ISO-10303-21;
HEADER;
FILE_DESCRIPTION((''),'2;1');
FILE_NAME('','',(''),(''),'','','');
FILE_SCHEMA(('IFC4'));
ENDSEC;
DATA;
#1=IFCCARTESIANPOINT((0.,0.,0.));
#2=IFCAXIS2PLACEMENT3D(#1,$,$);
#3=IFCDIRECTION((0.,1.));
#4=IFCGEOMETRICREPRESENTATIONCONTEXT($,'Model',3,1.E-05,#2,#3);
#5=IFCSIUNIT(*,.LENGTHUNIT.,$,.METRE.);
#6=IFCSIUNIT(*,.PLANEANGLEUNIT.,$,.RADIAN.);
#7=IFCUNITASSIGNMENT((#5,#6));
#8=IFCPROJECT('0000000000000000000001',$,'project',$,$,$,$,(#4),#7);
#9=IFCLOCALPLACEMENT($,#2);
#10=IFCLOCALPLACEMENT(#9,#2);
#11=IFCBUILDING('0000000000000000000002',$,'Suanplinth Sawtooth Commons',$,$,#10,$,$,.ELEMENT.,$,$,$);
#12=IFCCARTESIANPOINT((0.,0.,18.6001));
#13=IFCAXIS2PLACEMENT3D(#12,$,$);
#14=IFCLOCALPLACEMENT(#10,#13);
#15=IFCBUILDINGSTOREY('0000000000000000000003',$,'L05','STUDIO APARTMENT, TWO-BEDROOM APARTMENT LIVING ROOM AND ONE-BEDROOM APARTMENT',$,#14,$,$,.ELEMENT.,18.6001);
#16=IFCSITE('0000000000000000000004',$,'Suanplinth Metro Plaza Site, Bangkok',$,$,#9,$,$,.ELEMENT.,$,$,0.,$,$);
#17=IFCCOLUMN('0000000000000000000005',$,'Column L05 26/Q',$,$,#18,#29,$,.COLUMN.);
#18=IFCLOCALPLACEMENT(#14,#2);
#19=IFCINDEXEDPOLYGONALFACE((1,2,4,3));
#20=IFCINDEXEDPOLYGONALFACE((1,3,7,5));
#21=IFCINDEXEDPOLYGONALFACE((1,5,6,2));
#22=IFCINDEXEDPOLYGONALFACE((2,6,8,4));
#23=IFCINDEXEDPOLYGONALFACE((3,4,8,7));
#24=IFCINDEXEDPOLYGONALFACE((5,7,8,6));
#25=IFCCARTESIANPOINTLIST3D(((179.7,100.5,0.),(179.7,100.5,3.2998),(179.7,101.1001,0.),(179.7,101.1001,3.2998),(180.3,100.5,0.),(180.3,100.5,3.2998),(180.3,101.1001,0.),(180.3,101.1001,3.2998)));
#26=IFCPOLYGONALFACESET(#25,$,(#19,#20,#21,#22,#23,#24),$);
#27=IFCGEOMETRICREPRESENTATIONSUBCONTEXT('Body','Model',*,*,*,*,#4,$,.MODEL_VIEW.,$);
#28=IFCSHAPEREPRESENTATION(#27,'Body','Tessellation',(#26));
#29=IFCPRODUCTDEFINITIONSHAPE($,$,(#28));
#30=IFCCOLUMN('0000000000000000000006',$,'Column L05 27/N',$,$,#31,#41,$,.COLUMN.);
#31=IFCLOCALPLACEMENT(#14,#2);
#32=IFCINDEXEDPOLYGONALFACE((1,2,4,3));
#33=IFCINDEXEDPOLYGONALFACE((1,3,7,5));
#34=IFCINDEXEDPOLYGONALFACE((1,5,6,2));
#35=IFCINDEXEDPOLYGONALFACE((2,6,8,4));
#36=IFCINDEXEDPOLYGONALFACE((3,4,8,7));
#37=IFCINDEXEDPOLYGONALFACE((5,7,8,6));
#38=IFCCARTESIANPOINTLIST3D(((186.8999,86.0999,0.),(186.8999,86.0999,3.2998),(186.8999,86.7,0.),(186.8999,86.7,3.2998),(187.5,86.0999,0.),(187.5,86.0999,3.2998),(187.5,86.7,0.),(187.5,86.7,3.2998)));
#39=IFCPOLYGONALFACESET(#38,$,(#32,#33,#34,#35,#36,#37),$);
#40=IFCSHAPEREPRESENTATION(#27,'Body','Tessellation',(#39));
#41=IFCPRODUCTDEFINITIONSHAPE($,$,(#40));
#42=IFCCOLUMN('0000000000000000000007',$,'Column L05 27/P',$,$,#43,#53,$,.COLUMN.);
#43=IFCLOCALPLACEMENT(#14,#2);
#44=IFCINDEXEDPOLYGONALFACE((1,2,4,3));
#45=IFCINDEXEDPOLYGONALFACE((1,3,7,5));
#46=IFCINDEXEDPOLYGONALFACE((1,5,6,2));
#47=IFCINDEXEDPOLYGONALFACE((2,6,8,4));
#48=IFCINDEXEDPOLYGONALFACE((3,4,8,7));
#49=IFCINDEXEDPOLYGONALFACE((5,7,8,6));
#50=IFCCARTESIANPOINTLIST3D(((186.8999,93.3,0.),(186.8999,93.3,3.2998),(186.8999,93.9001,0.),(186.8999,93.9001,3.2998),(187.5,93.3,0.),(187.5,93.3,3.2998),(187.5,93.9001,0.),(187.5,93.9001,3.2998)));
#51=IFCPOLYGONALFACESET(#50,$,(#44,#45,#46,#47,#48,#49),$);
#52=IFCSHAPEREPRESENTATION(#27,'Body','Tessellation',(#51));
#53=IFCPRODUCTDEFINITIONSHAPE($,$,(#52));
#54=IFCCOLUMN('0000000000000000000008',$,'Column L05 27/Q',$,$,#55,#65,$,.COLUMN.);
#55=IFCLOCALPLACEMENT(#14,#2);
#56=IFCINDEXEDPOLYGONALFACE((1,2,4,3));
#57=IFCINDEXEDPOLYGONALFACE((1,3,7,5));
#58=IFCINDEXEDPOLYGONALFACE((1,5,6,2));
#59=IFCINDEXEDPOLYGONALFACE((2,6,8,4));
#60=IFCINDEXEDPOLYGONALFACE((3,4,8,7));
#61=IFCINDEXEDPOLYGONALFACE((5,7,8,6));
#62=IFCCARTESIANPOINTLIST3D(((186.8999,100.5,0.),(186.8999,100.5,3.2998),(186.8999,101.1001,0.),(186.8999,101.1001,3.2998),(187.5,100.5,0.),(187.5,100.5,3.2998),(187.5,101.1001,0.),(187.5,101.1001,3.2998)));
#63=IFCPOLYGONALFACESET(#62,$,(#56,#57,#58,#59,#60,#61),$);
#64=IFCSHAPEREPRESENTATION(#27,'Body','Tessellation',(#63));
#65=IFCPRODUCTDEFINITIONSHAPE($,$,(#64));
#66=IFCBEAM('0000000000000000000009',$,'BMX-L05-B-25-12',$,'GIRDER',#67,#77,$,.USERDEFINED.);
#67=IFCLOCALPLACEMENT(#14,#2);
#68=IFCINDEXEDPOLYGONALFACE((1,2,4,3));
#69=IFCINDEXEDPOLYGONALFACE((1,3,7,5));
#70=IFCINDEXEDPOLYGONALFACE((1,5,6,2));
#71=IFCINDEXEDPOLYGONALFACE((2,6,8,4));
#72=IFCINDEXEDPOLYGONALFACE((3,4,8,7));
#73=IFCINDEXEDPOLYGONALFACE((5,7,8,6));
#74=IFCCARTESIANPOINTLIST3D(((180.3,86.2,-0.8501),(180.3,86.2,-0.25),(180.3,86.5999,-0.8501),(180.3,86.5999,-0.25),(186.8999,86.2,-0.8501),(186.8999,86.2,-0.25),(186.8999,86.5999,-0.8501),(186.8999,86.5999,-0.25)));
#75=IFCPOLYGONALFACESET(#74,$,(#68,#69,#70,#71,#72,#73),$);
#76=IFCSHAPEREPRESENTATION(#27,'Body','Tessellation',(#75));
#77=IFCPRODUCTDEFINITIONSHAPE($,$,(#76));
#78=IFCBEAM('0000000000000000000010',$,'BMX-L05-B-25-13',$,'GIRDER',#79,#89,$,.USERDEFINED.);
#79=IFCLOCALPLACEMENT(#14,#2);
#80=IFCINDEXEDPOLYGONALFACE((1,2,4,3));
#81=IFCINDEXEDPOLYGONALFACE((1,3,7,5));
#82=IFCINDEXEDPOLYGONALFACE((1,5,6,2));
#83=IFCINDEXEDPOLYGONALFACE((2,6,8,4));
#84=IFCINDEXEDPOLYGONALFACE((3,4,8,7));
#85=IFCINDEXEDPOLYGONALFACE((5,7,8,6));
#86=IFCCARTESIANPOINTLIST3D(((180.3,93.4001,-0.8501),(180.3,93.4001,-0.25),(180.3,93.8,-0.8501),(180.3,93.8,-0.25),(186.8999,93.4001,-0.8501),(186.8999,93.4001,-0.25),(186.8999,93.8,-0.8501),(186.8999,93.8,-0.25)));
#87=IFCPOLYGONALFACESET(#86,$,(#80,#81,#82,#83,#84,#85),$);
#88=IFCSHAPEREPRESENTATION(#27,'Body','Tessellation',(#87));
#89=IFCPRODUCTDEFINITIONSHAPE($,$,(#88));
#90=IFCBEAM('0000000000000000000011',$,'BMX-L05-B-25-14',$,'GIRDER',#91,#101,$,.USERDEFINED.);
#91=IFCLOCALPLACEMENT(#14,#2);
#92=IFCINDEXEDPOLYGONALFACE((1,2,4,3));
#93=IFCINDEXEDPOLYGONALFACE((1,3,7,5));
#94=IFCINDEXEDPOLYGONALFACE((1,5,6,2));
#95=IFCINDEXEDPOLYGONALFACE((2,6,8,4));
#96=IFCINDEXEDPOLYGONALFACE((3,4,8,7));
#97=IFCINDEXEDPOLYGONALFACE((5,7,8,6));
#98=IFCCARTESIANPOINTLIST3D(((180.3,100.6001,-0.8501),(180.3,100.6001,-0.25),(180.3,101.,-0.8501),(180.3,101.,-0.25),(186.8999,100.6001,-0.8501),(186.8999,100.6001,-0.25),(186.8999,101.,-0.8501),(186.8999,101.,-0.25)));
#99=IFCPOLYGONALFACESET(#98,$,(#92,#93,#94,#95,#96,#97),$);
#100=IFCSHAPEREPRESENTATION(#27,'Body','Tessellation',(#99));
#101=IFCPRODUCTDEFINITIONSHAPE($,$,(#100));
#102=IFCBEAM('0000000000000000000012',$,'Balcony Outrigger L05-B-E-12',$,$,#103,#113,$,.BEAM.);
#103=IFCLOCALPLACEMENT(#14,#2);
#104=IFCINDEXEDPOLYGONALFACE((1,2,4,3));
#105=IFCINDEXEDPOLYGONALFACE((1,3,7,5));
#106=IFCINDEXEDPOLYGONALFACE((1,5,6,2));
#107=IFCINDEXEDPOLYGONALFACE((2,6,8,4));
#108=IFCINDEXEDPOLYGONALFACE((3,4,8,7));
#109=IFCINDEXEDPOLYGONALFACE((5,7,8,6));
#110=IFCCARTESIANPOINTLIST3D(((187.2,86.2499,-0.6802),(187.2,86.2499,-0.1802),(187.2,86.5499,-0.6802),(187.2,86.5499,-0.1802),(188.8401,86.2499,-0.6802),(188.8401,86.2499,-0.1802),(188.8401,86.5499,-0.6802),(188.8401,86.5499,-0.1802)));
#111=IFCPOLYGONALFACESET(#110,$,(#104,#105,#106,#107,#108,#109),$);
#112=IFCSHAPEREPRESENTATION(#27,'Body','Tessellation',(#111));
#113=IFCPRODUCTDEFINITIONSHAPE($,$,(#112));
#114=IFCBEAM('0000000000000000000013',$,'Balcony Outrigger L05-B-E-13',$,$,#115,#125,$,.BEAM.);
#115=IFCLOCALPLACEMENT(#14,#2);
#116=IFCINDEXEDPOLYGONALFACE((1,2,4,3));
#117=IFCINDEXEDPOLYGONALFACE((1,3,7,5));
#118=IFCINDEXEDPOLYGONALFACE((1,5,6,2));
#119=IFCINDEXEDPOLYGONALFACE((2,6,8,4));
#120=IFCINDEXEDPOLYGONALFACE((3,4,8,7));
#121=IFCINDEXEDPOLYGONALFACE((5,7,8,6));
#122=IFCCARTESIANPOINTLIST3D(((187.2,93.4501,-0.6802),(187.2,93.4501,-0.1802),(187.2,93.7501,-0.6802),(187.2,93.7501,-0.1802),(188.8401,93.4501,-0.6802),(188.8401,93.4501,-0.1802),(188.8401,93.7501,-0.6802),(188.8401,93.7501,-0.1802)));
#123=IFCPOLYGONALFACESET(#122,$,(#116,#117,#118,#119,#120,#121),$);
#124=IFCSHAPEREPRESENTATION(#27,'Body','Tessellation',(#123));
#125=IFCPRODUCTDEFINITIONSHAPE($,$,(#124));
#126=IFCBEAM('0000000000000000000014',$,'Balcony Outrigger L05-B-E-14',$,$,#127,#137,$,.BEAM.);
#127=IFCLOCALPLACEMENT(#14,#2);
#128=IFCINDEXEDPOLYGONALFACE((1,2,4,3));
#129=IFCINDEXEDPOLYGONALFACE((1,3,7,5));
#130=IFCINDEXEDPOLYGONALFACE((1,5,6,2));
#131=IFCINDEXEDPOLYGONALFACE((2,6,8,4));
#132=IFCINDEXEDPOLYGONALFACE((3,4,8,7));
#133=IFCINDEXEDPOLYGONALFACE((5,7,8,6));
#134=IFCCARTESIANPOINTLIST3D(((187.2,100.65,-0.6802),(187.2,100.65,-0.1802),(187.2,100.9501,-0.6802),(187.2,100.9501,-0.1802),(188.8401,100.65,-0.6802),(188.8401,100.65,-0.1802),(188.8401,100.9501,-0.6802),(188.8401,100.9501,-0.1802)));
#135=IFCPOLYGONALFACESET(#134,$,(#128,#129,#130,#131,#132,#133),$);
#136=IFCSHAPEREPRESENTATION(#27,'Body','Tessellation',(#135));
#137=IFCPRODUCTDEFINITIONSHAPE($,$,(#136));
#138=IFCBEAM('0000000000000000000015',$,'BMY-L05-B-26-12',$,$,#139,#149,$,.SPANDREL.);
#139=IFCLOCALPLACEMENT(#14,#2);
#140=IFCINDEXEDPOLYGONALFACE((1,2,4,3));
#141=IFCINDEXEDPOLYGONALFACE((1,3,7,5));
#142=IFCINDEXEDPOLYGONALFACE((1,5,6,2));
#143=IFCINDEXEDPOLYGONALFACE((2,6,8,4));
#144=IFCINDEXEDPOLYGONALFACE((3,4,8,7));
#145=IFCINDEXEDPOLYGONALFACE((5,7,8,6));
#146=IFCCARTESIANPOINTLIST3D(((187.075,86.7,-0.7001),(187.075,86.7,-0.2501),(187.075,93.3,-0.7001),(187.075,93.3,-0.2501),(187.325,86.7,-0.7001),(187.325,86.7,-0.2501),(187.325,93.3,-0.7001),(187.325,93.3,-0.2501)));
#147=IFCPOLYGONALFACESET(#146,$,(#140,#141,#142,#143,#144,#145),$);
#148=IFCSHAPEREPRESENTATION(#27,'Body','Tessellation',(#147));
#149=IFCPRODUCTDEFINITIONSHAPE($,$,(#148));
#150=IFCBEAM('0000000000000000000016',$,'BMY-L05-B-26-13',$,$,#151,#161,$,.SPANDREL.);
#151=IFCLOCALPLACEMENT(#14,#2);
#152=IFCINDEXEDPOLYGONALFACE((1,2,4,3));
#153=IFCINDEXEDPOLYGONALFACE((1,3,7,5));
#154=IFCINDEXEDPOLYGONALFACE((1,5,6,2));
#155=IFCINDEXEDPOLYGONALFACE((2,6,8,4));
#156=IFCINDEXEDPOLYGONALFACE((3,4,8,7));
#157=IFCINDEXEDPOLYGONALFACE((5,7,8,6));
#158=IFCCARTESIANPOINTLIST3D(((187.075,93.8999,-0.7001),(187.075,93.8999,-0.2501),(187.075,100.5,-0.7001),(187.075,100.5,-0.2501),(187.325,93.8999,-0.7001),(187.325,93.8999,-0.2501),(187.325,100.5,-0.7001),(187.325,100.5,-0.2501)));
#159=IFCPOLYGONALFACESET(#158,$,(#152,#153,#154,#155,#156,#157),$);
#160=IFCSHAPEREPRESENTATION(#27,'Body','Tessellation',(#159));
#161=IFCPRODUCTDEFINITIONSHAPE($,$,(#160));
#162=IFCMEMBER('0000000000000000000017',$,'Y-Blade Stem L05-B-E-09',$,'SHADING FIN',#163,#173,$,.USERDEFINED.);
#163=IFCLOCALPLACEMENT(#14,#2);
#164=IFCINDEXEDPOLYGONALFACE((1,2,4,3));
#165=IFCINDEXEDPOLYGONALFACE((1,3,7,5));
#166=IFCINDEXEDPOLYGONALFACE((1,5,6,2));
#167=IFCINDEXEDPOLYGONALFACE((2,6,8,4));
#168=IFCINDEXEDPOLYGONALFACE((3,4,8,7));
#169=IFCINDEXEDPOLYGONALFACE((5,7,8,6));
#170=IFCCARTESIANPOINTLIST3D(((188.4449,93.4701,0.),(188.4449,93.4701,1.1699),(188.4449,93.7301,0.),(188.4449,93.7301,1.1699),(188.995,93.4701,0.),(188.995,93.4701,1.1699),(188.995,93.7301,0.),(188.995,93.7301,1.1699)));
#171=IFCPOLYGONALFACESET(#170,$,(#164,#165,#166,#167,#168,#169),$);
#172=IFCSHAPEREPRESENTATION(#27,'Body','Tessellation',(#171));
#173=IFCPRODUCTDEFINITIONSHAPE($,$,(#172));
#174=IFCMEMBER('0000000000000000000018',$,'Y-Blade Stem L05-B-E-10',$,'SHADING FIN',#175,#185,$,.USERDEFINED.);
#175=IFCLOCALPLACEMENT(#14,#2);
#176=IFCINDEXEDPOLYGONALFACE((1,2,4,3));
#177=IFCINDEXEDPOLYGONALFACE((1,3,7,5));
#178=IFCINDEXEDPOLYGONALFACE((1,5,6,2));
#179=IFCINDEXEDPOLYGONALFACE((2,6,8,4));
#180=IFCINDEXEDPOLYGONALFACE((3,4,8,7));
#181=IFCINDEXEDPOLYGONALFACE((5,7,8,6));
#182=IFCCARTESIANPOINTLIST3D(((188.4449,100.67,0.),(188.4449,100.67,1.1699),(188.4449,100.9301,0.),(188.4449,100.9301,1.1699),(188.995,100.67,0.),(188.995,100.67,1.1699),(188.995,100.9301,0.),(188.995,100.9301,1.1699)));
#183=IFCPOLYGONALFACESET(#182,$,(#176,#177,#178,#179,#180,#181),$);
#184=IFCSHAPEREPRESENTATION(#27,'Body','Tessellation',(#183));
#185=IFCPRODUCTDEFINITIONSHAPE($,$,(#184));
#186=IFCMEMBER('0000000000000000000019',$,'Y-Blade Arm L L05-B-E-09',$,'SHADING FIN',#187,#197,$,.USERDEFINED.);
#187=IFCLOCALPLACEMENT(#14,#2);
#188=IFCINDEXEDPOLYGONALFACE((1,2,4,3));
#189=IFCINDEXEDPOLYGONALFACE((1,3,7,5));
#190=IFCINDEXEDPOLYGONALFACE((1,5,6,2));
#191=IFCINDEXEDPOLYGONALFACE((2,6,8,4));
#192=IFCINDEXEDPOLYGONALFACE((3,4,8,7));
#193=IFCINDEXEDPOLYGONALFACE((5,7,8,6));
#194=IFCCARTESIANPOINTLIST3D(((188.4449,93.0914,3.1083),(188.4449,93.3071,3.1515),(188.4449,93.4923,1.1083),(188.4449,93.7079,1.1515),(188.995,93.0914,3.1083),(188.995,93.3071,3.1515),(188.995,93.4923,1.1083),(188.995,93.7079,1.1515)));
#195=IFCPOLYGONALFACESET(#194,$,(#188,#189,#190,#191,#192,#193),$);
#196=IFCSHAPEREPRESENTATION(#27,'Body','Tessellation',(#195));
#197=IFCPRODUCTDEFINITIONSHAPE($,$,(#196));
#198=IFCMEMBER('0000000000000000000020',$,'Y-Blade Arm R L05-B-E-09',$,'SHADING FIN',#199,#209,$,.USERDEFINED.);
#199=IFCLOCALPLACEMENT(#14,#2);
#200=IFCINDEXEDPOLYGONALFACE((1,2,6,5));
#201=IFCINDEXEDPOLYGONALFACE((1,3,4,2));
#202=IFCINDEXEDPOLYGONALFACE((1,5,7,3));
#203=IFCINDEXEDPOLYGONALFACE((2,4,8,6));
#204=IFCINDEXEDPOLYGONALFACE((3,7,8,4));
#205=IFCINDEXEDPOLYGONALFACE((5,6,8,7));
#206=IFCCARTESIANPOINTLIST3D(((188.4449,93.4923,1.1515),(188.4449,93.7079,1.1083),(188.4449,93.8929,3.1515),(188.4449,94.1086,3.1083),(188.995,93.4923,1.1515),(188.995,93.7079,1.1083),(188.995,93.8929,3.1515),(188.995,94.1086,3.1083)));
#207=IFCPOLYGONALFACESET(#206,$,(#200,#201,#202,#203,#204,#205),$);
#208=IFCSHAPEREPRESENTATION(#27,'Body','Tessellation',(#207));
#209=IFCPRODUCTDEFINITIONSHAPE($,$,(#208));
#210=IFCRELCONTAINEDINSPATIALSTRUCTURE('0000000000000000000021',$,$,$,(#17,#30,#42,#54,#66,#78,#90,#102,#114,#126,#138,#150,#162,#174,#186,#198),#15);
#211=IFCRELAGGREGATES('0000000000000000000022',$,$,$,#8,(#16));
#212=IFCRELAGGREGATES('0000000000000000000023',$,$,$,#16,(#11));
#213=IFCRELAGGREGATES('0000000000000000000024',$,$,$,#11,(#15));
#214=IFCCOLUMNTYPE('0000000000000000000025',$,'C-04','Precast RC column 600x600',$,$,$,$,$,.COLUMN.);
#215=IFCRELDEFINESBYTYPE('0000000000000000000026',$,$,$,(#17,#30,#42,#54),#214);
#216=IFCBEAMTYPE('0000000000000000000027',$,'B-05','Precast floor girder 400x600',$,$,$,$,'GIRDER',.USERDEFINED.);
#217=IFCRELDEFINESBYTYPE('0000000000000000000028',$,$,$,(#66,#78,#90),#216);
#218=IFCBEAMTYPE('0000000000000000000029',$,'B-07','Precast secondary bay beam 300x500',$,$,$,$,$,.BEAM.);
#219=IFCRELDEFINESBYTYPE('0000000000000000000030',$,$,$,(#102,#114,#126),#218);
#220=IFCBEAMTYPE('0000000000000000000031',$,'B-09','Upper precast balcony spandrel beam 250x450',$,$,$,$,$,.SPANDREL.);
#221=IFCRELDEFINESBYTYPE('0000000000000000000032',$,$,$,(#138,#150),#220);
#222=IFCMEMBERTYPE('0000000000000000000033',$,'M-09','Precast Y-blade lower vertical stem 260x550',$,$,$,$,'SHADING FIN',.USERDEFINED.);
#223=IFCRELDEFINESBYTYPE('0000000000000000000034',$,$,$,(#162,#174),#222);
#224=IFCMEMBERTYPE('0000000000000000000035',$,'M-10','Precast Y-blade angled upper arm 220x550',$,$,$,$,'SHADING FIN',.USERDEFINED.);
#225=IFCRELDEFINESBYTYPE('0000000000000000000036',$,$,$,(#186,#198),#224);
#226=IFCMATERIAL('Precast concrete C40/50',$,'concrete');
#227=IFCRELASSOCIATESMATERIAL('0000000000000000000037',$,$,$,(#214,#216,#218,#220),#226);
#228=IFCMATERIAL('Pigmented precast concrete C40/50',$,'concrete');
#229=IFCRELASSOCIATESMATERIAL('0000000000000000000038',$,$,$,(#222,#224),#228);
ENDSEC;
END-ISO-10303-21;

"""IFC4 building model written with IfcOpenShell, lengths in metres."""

from ifc_helpers import new_model, si_unit, direction, frame, origin, origin_2d, place, context, subcontext, project, spatial, rectangle, extrude, material, material_profile, profile_set, type_object, element, save


model = new_model("IFC4")

# Units and contexts
model_context = context("Model", 3, precision=1e-05, world=origin(), true_north=direction((0.0, 1.0)))
body_context = subcontext(model_context, "Body", "Model", "MODEL_VIEW")
ifc_project = project(units=[si_unit("LENGTHUNIT", "METRE"), si_unit("PLANEANGLEUNIT", "RADIAN")], contexts=[model_context])

# Site, building, storey
site_placement = place(None, origin())
site = spatial("IfcSite", under=ifc_project, at=site_placement, Name="Suanplinth Metro Plaza Site, Bangkok", CompositionType="ELEMENT", RefElevation=0.0)
building_placement = place(site_placement, origin())
building = spatial("IfcBuilding", under=site, at=building_placement, Name="Suanplinth Sawtooth Commons", CompositionType="ELEMENT")
storey_placement = place(building_placement, frame((0.0, 0.0, 18.6001)))
storey = spatial("IfcBuildingStorey", under=building, at=storey_placement, Name="L05", Description="STUDIO APARTMENT, TWO-BEDROOM APARTMENT LIVING ROOM AND ONE-BEDROOM APARTMENT", CompositionType="ELEMENT", Elevation=18.6001)

# Columns
ifc_material_1 = material(Name="Precast concrete C40/50", Category="concrete")
ifc_material_profile_1 = material_profile(ifc_material_1, rectangle(XDim=0.6001, YDim=0.6001, at=origin_2d()), Name="PC-COL 600x600")
ifc_profile_set_1 = profile_set([ifc_material_profile_1], Name="Precast concrete C40/50")
column_type = type_object("IfcColumnType", Name="C-04", Description="Precast RC column 600x600", PredefinedType="COLUMN", material=ifc_profile_set_1)
for number, where, z_axis, x_axis, name in (
    (1, (180.0, 100.8, 0.0), (0.0, 0.0, 1.0), (1.0, 0.0, 0.0), "Column L05 26/Q"),
    (2, (187.2, 86.3999, 0.0), (0.0, 0.0, 1.0), (1.0, 0.0, 0.0), "Column L05 27/N"),
    (3, (187.2, 93.6001, 0.0), (0.0, 0.0, 1.0), (1.0, 0.0, 0.0), "Column L05 27/P"),
    (4, (187.2, 100.8, 0.0), (0.0, 0.0, 1.0), (1.0, 0.0, 0.0), "Column L05 27/Q"),
):
    element("IfcColumn", number, at=place(storey_placement, frame(where, z_axis=z_axis, x_axis=x_axis)), inside=storey, type_object=column_type, Name=name, PredefinedType="COLUMN", context=body_context, shape_type="SweptSolid", body=[
        extrude(rectangle(XDim=0.6001, YDim=0.6001, at=origin_2d()), origin(), (0.0, 0.0, 1.0), 3.2998),
    ])

# Beams
ifc_material_profile_2 = material_profile(ifc_material_1, rectangle(XDim=0.3999, YDim=0.6001, at=origin_2d()), Name="PC-GDR 400x600")
ifc_profile_set_2 = profile_set([ifc_material_profile_2], Name="Precast concrete C40/50")
beam_type_1 = type_object("IfcBeamType", Name="B-05", Description="Precast floor girder 400x600", ElementType="GIRDER", PredefinedType="USERDEFINED", material=ifc_profile_set_2)
for number, where, z_axis, x_axis, name in (
    (5, (180.3, 86.3999, -0.55), (1.0, 0.0, 0.0), (0.0, 1.0, 0.0), "BMX-L05-B-25-12"),
    (6, (180.3, 93.6001, -0.55), (1.0, 0.0, 0.0), (0.0, 1.0, 0.0), "BMX-L05-B-25-13"),
    (7, (180.3, 100.8, -0.55), (1.0, 0.0, 0.0), (0.0, 1.0, 0.0), "BMX-L05-B-25-14"),
):
    element("IfcBeam", number, at=place(storey_placement, frame(where, z_axis=z_axis, x_axis=x_axis)), inside=storey, type_object=beam_type_1, Name=name, ObjectType="GIRDER", PredefinedType="USERDEFINED", context=body_context, shape_type="SweptSolid", body=[
        extrude(rectangle(XDim=0.3999, YDim=0.6001, at=origin_2d()), origin(), (0.0, 0.0, 1.0), 6.5999),
    ])
ifc_material_profile_3 = material_profile(ifc_material_1, rectangle(XDim=0.3, YDim=0.5, at=origin_2d()), Name="PC-BM 300x500")
ifc_profile_set_3 = profile_set([ifc_material_profile_3], Name="Precast concrete C40/50")
beam_type_2 = type_object("IfcBeamType", Name="B-07", Description="Precast secondary bay beam 300x500", PredefinedType="BEAM", material=ifc_profile_set_3)
for number, where, z_axis, x_axis, name in (
    (8, (187.2, 86.3999, -0.4302), (1.0, 0.0, 0.0), (0.0, 1.0, 0.0), "Balcony Outrigger L05-B-E-12"),
    (9, (187.2, 93.6001, -0.4302), (1.0, 0.0, 0.0), (0.0, 1.0, 0.0), "Balcony Outrigger L05-B-E-13"),
    (10, (187.2, 100.8, -0.4302), (1.0, 0.0, 0.0), (0.0, 1.0, 0.0), "Balcony Outrigger L05-B-E-14"),
):
    element("IfcBeam", number, at=place(storey_placement, frame(where, z_axis=z_axis, x_axis=x_axis)), inside=storey, type_object=beam_type_2, Name=name, PredefinedType="BEAM", context=body_context, shape_type="SweptSolid", body=[
        extrude(rectangle(XDim=0.3, YDim=0.5, at=origin_2d()), origin(), (0.0, 0.0, 1.0), 1.6401),
    ])
ifc_material_profile_4 = material_profile(ifc_material_1, rectangle(XDim=0.25, YDim=0.45, at=origin_2d()), Name="PC-SP 250x450")
ifc_profile_set_4 = profile_set([ifc_material_profile_4], Name="Precast concrete C40/50")
beam_type_3 = type_object("IfcBeamType", Name="B-09", Description="Upper precast balcony spandrel beam 250x450", PredefinedType="SPANDREL", material=ifc_profile_set_4)
for number, where, z_axis, x_axis, name in (
    (11, (187.2, 86.7, -0.4751), (0.0, 1.0, 0.0), (-1.0, 0.0, 0.0), "BMY-L05-B-26-12"),
    (12, (187.2, 93.8999, -0.4751), (0.0, 1.0, 0.0), (-1.0, 0.0, 0.0), "BMY-L05-B-26-13"),
):
    element("IfcBeam", number, at=place(storey_placement, frame(where, z_axis=z_axis, x_axis=x_axis)), inside=storey, type_object=beam_type_3, Name=name, PredefinedType="SPANDREL", context=body_context, shape_type="SweptSolid", body=[
        extrude(rectangle(XDim=0.25, YDim=0.45, at=origin_2d()), origin(), (0.0, 0.0, 1.0), 6.6001),
    ])

# Members
ifc_material_2 = material(Name="Pigmented precast concrete C40/50", Category="concrete")
ifc_material_profile_5 = material_profile(ifc_material_2, rectangle(XDim=0.26, YDim=0.55, at=origin_2d()), Name="PC-FIN 260x550")
ifc_profile_set_5 = profile_set([ifc_material_profile_5], Name="Pigmented precast concrete C40/50")
member_type_1 = type_object("IfcMemberType", Name="M-09", Description="Precast Y-blade lower vertical stem 260x550", ElementType="SHADING FIN", PredefinedType="USERDEFINED", material=ifc_profile_set_5)
for number, where, z_axis, x_axis, name in (
    (13, (188.72, 93.6001, 0.0), (0.0, 0.0, 1.0), (0.0, 1.0, 0.0), "Y-Blade Stem L05-B-E-09"),
    (14, (188.72, 100.8, 0.0), (0.0, 0.0, 1.0), (0.0, 1.0, 0.0), "Y-Blade Stem L05-B-E-10"),
):
    element("IfcMember", number, at=place(storey_placement, frame(where, z_axis=z_axis, x_axis=x_axis)), inside=storey, type_object=member_type_1, Name=name, ObjectType="SHADING FIN", PredefinedType="USERDEFINED", context=body_context, shape_type="SweptSolid", body=[
        extrude(rectangle(XDim=0.26, YDim=0.55, at=origin_2d()), origin(), (0.0, 0.0, 1.0), 1.1699),
    ])
ifc_material_profile_6 = material_profile(ifc_material_2, rectangle(XDim=0.22, YDim=0.55, at=origin_2d()), Name="PC-FIN 220x550")
ifc_profile_set_6 = profile_set([ifc_material_profile_6], Name="Pigmented precast concrete C40/50")
member_type_2 = type_object("IfcMemberType", Name="M-10", Description="Precast Y-blade angled upper arm 220x550", ElementType="SHADING FIN", PredefinedType="USERDEFINED", material=ifc_profile_set_6)
for number, where, z_axis, x_axis, name in (
    (15, (188.72, 93.6001, 1.1299), (0.0, -0.19653, 0.980498), (0.0, 0.980498, 0.19653), "Y-Blade Arm L L05-B-E-09"),
    (16, (188.72, 93.6001, 1.1299), (0.0, 0.196415, 0.980521), (0.0, -0.980521, 0.196415), "Y-Blade Arm R L05-B-E-09"),
):
    element("IfcMember", number, at=place(storey_placement, frame(where, z_axis=z_axis, x_axis=x_axis)), inside=storey, type_object=member_type_2, Name=name, ObjectType="SHADING FIN", PredefinedType="USERDEFINED", context=body_context, shape_type="SweptSolid", body=[
        extrude(rectangle(XDim=0.22, YDim=0.55, at=origin_2d()), origin(), (0.0, 0.0, 1.0), 2.0398),
    ])

save(model, "model.ifc")
